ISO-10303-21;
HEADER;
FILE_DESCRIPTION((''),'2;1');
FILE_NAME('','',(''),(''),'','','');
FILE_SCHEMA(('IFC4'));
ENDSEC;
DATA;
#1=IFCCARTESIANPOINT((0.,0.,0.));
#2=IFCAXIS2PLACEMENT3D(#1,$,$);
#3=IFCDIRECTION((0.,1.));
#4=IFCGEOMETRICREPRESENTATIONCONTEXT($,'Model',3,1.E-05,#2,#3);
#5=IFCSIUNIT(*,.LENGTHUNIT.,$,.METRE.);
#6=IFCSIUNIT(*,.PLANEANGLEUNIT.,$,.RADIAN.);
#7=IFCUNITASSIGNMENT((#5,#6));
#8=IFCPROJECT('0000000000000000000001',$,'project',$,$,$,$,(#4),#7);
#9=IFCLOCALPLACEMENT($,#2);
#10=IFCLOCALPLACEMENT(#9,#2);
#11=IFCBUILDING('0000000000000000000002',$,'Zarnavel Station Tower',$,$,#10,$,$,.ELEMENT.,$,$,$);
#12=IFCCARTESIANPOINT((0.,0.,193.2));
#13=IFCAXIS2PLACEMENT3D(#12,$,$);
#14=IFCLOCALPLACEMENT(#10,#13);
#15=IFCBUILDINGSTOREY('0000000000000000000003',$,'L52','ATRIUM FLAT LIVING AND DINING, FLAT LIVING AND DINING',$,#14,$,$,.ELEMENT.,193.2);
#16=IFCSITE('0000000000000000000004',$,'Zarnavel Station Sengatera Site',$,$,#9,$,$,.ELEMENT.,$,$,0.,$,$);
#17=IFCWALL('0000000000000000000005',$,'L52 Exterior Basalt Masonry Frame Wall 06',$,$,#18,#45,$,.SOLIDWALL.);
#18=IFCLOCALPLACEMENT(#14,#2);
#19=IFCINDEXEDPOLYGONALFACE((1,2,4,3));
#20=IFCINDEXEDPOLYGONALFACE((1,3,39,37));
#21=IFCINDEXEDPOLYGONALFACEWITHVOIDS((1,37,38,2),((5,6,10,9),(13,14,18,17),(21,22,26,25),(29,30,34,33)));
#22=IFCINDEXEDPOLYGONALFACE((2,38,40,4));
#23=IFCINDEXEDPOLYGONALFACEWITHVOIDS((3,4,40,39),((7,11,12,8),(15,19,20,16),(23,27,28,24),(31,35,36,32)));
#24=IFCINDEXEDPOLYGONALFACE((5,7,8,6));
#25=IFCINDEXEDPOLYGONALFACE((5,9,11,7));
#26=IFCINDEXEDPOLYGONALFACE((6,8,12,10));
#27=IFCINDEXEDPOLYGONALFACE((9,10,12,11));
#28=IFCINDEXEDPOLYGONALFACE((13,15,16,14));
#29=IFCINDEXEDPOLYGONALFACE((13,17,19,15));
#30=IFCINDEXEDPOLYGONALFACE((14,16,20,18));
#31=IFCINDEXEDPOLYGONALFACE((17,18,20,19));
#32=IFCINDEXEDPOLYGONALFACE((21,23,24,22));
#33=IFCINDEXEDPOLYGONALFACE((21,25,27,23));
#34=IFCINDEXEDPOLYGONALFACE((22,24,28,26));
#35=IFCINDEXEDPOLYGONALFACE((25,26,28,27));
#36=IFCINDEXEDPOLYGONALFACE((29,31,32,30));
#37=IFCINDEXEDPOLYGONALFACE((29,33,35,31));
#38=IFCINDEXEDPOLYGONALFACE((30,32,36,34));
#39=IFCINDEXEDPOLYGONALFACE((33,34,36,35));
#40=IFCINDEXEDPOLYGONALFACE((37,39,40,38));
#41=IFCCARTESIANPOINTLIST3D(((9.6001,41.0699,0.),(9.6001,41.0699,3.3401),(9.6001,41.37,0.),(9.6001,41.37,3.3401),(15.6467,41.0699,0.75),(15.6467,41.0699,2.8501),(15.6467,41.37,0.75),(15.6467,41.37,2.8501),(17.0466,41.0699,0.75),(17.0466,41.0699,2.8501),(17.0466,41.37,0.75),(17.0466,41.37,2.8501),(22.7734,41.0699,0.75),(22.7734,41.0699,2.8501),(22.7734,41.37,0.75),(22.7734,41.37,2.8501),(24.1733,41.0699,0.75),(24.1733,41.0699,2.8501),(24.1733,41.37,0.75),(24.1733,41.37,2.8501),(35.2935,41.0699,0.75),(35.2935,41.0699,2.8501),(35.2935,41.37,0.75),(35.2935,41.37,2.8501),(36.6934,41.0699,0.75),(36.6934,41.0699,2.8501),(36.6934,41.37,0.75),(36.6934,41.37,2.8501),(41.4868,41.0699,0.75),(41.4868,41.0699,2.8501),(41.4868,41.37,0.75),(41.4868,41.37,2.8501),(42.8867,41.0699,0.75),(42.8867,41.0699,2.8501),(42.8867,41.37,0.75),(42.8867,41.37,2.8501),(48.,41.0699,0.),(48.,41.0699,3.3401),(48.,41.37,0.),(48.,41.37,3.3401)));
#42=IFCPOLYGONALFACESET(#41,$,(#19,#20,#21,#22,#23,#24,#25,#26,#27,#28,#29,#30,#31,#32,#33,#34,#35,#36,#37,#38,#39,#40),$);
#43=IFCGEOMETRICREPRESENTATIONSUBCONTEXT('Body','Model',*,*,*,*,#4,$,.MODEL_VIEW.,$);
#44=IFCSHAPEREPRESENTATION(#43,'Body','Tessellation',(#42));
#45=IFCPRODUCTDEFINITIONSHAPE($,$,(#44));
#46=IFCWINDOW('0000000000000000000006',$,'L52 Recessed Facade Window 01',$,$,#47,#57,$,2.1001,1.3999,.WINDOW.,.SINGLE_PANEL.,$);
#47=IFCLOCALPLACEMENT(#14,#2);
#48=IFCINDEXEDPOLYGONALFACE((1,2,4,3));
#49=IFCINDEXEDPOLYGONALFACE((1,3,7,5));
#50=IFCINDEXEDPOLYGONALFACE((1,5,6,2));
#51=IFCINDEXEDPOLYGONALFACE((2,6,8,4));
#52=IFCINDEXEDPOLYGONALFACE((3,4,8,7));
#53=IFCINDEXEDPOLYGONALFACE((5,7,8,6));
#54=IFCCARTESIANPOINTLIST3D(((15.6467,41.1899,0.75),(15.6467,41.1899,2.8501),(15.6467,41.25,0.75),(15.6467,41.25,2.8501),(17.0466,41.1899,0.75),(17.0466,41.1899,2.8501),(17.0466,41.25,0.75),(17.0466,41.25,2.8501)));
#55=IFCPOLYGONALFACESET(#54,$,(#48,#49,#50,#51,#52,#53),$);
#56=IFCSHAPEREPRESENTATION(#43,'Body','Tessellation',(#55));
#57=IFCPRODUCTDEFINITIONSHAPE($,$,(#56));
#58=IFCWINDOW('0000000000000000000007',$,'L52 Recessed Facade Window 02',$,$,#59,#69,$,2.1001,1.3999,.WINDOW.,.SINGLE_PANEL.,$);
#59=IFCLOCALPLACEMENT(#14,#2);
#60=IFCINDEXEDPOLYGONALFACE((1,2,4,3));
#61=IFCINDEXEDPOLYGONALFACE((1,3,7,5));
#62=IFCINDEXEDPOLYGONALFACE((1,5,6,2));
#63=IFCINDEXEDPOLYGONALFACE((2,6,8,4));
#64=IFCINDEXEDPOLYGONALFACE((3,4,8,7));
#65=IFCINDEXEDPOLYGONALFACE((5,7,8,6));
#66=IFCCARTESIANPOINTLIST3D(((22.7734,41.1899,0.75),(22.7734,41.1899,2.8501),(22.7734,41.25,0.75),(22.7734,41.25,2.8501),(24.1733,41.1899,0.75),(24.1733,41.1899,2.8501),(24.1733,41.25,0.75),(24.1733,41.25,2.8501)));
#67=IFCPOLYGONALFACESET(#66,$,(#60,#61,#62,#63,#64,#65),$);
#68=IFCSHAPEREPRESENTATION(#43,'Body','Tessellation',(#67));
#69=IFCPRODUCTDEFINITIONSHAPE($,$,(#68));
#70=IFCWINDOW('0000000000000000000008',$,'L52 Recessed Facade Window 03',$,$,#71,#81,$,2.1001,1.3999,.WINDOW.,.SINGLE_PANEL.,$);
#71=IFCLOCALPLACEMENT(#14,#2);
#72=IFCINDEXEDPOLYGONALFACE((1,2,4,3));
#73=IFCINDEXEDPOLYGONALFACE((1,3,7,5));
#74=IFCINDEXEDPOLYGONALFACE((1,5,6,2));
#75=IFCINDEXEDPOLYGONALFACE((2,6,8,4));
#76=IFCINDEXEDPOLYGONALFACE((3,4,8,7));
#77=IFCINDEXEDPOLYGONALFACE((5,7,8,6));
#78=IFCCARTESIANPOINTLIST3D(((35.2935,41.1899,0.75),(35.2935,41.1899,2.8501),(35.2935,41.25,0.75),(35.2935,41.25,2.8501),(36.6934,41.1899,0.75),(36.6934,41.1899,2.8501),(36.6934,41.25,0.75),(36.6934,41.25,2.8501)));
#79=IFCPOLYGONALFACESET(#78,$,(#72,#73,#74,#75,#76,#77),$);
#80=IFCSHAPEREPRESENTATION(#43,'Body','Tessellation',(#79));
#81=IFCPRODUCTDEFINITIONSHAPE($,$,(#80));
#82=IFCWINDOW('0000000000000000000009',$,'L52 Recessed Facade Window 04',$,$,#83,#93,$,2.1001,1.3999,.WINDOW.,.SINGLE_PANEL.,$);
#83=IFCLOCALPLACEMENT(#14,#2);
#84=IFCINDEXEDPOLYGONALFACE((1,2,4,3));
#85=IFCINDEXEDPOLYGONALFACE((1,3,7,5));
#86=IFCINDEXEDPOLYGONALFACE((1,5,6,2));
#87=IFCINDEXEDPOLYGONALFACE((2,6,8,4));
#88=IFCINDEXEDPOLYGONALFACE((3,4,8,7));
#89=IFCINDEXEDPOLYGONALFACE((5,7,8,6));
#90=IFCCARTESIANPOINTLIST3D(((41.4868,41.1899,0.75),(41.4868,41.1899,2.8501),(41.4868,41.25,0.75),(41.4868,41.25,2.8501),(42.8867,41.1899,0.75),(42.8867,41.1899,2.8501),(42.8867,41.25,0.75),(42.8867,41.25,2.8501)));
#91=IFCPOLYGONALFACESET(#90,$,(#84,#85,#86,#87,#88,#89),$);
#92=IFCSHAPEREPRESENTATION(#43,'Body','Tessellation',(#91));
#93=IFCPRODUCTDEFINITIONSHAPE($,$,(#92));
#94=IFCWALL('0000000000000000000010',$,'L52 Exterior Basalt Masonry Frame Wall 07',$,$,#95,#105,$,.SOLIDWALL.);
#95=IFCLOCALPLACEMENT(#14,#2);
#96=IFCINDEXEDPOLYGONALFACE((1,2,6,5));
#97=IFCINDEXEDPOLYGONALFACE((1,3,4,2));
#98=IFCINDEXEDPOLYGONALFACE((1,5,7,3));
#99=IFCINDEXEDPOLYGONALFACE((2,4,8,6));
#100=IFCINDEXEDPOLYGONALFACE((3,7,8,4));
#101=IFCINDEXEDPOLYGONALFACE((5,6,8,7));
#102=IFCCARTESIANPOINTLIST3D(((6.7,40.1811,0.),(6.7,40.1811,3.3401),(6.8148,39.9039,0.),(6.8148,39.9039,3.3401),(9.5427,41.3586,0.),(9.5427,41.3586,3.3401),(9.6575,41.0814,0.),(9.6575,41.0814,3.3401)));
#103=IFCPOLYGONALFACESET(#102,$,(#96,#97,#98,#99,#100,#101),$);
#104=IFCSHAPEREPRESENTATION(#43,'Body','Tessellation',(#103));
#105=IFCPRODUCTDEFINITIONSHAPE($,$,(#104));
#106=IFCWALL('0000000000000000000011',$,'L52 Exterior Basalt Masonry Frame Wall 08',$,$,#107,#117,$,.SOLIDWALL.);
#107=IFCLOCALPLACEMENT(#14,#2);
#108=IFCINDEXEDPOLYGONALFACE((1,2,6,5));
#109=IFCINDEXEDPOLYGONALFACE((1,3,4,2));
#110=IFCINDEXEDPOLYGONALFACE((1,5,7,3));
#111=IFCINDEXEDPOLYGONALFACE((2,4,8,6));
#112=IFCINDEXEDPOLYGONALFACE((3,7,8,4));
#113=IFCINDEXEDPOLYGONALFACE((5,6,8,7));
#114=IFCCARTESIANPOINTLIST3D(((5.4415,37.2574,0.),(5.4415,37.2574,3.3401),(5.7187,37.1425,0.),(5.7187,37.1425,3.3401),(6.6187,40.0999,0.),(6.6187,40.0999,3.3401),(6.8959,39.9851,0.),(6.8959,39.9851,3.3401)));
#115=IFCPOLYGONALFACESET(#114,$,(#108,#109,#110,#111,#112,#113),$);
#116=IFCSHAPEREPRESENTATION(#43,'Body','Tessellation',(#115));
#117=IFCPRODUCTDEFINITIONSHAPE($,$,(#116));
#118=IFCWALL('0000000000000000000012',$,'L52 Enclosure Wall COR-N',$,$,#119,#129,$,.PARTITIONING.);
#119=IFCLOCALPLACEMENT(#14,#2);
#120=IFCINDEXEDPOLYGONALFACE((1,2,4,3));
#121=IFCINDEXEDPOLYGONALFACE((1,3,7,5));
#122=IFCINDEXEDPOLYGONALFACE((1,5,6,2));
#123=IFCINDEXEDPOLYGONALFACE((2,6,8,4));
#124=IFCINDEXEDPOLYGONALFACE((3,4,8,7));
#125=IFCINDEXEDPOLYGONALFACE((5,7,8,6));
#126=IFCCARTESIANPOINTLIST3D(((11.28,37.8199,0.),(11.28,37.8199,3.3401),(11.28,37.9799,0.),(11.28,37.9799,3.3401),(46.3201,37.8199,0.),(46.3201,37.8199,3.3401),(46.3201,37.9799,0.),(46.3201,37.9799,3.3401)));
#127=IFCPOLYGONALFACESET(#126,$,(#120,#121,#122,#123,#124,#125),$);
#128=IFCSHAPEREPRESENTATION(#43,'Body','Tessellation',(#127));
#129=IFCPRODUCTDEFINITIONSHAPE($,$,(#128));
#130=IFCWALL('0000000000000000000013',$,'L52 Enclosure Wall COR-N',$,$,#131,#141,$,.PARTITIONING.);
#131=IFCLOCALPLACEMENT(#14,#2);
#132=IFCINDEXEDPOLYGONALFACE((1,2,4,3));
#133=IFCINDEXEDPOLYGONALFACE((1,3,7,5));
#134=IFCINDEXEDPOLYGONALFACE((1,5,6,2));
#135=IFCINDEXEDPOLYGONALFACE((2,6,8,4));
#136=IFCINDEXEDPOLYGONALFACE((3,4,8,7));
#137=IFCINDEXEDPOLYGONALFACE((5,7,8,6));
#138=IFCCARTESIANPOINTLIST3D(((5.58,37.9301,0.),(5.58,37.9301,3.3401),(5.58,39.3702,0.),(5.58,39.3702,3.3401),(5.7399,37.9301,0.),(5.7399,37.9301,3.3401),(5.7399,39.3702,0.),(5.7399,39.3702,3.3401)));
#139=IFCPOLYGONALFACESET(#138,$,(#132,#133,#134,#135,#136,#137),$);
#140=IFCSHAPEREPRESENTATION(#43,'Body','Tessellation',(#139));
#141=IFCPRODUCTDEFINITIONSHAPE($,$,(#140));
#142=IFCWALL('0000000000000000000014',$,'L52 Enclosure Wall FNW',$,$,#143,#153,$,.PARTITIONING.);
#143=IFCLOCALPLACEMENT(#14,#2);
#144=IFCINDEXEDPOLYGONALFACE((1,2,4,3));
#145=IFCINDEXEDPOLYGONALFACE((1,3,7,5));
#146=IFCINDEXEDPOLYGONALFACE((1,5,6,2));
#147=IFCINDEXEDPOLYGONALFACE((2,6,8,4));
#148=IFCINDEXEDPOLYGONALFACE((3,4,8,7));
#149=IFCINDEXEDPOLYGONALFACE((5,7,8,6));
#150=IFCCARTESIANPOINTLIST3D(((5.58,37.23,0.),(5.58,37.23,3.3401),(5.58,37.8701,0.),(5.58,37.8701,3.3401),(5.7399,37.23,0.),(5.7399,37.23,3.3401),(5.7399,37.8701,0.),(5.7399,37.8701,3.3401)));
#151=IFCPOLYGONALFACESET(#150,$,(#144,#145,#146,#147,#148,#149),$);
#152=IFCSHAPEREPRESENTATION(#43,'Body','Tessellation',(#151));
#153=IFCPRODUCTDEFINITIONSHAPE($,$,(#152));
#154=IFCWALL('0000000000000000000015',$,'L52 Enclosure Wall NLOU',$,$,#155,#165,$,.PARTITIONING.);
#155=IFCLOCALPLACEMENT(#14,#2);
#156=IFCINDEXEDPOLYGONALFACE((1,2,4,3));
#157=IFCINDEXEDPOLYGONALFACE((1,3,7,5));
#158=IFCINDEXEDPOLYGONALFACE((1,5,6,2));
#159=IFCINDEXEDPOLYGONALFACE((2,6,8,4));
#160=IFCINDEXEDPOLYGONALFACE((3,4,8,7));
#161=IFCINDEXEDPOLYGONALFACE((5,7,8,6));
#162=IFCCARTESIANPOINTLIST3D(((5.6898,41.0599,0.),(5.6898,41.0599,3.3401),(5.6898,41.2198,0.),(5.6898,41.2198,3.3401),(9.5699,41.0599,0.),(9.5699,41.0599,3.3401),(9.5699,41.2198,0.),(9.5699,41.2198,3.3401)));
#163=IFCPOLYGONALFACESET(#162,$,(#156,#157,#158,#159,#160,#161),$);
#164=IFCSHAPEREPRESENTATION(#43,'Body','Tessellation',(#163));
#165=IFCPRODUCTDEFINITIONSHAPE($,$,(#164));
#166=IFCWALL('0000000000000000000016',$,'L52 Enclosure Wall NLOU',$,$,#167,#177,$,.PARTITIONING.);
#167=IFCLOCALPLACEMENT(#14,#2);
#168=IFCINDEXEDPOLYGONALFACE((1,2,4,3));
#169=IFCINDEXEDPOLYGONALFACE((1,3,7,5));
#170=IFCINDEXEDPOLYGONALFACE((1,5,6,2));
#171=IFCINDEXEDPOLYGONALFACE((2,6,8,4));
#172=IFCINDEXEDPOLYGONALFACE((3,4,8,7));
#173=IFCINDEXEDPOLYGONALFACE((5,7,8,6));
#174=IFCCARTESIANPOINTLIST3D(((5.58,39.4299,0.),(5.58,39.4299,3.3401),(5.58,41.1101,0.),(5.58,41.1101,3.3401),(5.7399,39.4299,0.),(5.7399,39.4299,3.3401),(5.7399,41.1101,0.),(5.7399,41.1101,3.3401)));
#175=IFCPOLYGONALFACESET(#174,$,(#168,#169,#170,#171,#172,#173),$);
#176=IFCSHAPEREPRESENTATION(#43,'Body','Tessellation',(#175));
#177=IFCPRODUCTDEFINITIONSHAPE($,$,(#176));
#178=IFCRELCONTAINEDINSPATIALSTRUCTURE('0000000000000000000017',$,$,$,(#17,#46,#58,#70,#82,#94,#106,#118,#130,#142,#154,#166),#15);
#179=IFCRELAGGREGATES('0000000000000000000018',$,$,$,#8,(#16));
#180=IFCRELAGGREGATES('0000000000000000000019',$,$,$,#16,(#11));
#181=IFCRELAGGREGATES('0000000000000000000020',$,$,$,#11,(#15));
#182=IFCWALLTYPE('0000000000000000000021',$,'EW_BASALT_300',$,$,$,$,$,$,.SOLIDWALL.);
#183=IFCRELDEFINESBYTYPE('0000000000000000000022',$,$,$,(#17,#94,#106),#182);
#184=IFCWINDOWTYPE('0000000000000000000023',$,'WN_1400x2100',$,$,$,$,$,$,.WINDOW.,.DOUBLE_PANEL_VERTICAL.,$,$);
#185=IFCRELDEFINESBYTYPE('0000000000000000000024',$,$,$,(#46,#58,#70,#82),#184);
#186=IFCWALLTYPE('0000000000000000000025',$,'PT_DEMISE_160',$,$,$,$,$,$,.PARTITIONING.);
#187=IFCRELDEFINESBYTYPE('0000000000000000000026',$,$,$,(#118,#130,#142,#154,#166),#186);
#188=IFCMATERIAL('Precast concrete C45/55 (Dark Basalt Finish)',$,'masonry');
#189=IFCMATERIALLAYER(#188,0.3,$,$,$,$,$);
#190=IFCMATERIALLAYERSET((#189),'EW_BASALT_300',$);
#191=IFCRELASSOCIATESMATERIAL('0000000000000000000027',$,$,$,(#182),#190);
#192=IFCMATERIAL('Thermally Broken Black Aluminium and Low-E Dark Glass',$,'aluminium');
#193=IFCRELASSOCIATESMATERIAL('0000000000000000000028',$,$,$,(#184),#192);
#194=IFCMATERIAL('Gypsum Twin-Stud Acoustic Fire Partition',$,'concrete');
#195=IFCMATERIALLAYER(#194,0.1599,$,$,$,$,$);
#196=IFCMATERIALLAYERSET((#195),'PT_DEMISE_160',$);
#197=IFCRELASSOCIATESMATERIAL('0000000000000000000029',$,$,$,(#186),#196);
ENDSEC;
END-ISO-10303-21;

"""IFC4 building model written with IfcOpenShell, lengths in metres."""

from ifc_helpers import new_model, si_unit, direction, frame, frame_2d, origin, place, context, subcontext, project, spatial, rectangle, extrude, material, layer, layer_set, type_object, element, fill, save


model = new_model("IFC4")

# Units and contexts
model_context = context("Model", 3, precision=1e-05, world=origin(), true_north=direction((0.0, 1.0)))
body_context = subcontext(model_context, "Body", "Model", "MODEL_VIEW")
ifc_project = project(units=[si_unit("LENGTHUNIT", "METRE"), si_unit("PLANEANGLEUNIT", "RADIAN")], contexts=[model_context])

# Site, building, storey
site_placement = place(None, origin())
site = spatial("IfcSite", under=ifc_project, at=site_placement, Name="Zarnavel Station Sengatera Site", CompositionType="ELEMENT", RefElevation=0.0)
building_placement = place(site_placement, origin())
building = spatial("IfcBuilding", under=site, at=building_placement, Name="Zarnavel Station Tower", CompositionType="ELEMENT")
storey_placement = place(building_placement, frame((0.0, 0.0, 193.2)))
storey = spatial("IfcBuildingStorey", under=building, at=storey_placement, Name="L52", Description="ATRIUM FLAT LIVING AND DINING, FLAT LIVING AND DINING", CompositionType="ELEMENT", Elevation=193.2)

# Wall, openings, windows
ifc_material_1 = material(Name="Precast concrete C45/55 (Dark Basalt Finish)", Category="masonry")
ifc_layer_1 = layer(ifc_material_1, 0.3)
ifc_layer_set_1 = layer_set([ifc_layer_1], Name="EW_BASALT_300")
wall_type_1 = type_object("IfcWallType", Name="EW_BASALT_300", PredefinedType="SOLIDWALL", material=ifc_layer_set_1)
wall_1_placement = place(storey_placement, frame((9.6001, 41.22, 0.0), z_axis=(0.0, 0.0, 1.0), x_axis=(1.0, 0.0, 0.0)))
wall_1 = element("IfcWall", 1, at=wall_1_placement, inside=storey, type_object=wall_type_1, Name="L52 Exterior Basalt Masonry Frame Wall 06", PredefinedType="SOLIDWALL", context=body_context, shape_type="SweptSolid", body=[
    extrude(rectangle(XDim=38.3999, YDim=0.3, at=frame_2d((19.2, 0.0))), origin(), (0.0, 0.0, 1.0), 3.3401),
])
opening_1_placement = place(wall_1_placement, frame((6.0466, 0.0, 0.75)))
opening_1 = element("IfcOpeningElement", 2, at=opening_1_placement, cuts=wall_1, PredefinedType="OPENING", context=body_context, shape_type="SweptSolid", body=[
    extrude(rectangle(XDim=1.3999, YDim=2.1001, at=frame_2d((0.7, 1.05))), frame((0.0, 0.1599, 0.0), z_axis=(0.0, -1.0, 0.0), x_axis=(1.0, 0.0, 0.0)), (0.0, 0.0, 1.0), 0.3201),
])
opening_2_placement = place(wall_1_placement, frame((13.1733, 0.0, 0.75)))
opening_2 = element("IfcOpeningElement", 3, at=opening_2_placement, cuts=wall_1, PredefinedType="OPENING", context=body_context, shape_type="SweptSolid", body=[
    extrude(rectangle(XDim=1.3999, YDim=2.1001, at=frame_2d((0.7, 1.05))), frame((0.0, 0.1599, 0.0), z_axis=(0.0, -1.0, 0.0), x_axis=(1.0, 0.0, 0.0)), (0.0, 0.0, 1.0), 0.3201),
])
opening_3_placement = place(wall_1_placement, frame((25.6934, 0.0, 0.75)))
opening_3 = element("IfcOpeningElement", 4, at=opening_3_placement, cuts=wall_1, PredefinedType="OPENING", context=body_context, shape_type="SweptSolid", body=[
    extrude(rectangle(XDim=1.3999, YDim=2.1001, at=frame_2d((0.7, 1.05))), frame((0.0, 0.1599, 0.0), z_axis=(0.0, -1.0, 0.0), x_axis=(1.0, 0.0, 0.0)), (0.0, 0.0, 1.0), 0.3201),
])
opening_4_placement = place(wall_1_placement, frame((31.8867, 0.0, 0.75)))
opening_4 = element("IfcOpeningElement", 5, at=opening_4_placement, cuts=wall_1, PredefinedType="OPENING", context=body_context, shape_type="SweptSolid", body=[
    extrude(rectangle(XDim=1.3999, YDim=2.1001, at=frame_2d((0.7, 1.05))), frame((0.0, 0.1599, 0.0), z_axis=(0.0, -1.0, 0.0), x_axis=(1.0, 0.0, 0.0)), (0.0, 0.0, 1.0), 0.3201),
])
ifc_material_2 = material(Name="Thermally Broken Black Aluminium and Low-E Dark Glass", Category="aluminium")
window_type = type_object("IfcWindowType", Name="WN_1400x2100", PartitioningType="DOUBLE_PANEL_VERTICAL", PredefinedType="WINDOW", material=ifc_material_2)
window_1_placement = place(opening_1_placement, origin())
window_1 = element("IfcWindow", 6, at=window_1_placement, inside=storey, type_object=window_type, Name="L52 Recessed Facade Window 01", OverallHeight=2.1001, OverallWidth=1.3999, PartitioningType="SINGLE_PANEL", PredefinedType="WINDOW", context=body_context, shape_type="SweptSolid", body=[
    extrude(rectangle(XDim=1.3999, YDim=2.1001, at=frame_2d((0.7, 1.05))), frame((0.0, 0.03, 0.0), z_axis=(0.0, -1.0, 0.0), x_axis=(1.0, 0.0, 0.0)), (0.0, 0.0, 1.0), 0.0601),
])
fill(opening_1, window_1)
window_2_placement = place(opening_2_placement, origin())
window_2 = element("IfcWindow", 7, at=window_2_placement, inside=storey, type_object=window_type, Name="L52 Recessed Facade Window 02", OverallHeight=2.1001, OverallWidth=1.3999, PartitioningType="SINGLE_PANEL", PredefinedType="WINDOW", context=body_context, shape_type="SweptSolid", body=[
    extrude(rectangle(XDim=1.3999, YDim=2.1001, at=frame_2d((0.7, 1.05))), frame((0.0, 0.03, 0.0), z_axis=(0.0, -1.0, 0.0), x_axis=(1.0, 0.0, 0.0)), (0.0, 0.0, 1.0), 0.0601),
])
fill(opening_2, window_2)
window_3_placement = place(opening_3_placement, origin())
window_3 = element("IfcWindow", 8, at=window_3_placement, inside=storey, type_object=window_type, Name="L52 Recessed Facade Window 03", OverallHeight=2.1001, OverallWidth=1.3999, PartitioningType="SINGLE_PANEL", PredefinedType="WINDOW", context=body_context, shape_type="SweptSolid", body=[
    extrude(rectangle(XDim=1.3999, YDim=2.1001, at=frame_2d((0.7, 1.05))), frame((0.0, 0.03, 0.0), z_axis=(0.0, -1.0, 0.0), x_axis=(1.0, 0.0, 0.0)), (0.0, 0.0, 1.0), 0.0601),
])
fill(opening_3, window_3)
window_4_placement = place(opening_4_placement, origin())
window_4 = element("IfcWindow", 9, at=window_4_placement, inside=storey, type_object=window_type, Name="L52 Recessed Facade Window 04", OverallHeight=2.1001, OverallWidth=1.3999, PartitioningType="SINGLE_PANEL", PredefinedType="WINDOW", context=body_context, shape_type="SweptSolid", body=[
    extrude(rectangle(XDim=1.3999, YDim=2.1001, at=frame_2d((0.7, 1.05))), frame((0.0, 0.03, 0.0), z_axis=(0.0, -1.0, 0.0), x_axis=(1.0, 0.0, 0.0)), (0.0, 0.0, 1.0), 0.0601),
])
fill(opening_4, window_4)

# Walls
wall_2_placement = place(storey_placement, frame((6.7573, 40.0425, 0.0), z_axis=(0.0, 0.0, 1.0), x_axis=(0.923882, 0.382676, 0.0)))
element("IfcWall", 10, at=wall_2_placement, inside=storey, type_object=wall_type_1, Name="L52 Exterior Basalt Masonry Frame Wall 07", PredefinedType="SOLIDWALL", context=body_context, shape_type="SweptSolid", body=[
    extrude(rectangle(XDim=3.0769, YDim=0.3, at=frame_2d((1.5386, 0.0))), origin(), (0.0, 0.0, 1.0), 3.3401),
])
wall_3_placement = place(storey_placement, frame((5.5801, 37.2, 0.0), z_axis=(0.0, 0.0, 1.0), x_axis=(0.382637, 0.923899, 0.0)))
element("IfcWall", 11, at=wall_3_placement, inside=storey, type_object=wall_type_1, Name="L52 Exterior Basalt Masonry Frame Wall 08", PredefinedType="SOLIDWALL", context=body_context, shape_type="SweptSolid", body=[
    extrude(rectangle(XDim=3.0767, YDim=0.3, at=frame_2d((1.5383, 0.0))), origin(), (0.0, 0.0, 1.0), 3.3401),
])
ifc_material_3 = material(Name="Gypsum Twin-Stud Acoustic Fire Partition", Category="concrete")
ifc_layer_2 = layer(ifc_material_3, 0.1599)
ifc_layer_set_2 = layer_set([ifc_layer_2], Name="PT_DEMISE_160")
wall_type_2 = type_object("IfcWallType", Name="PT_DEMISE_160", PredefinedType="PARTITIONING", material=ifc_layer_set_2)
wall_4_placement = place(storey_placement, frame((11.28, 37.8999, 0.0), z_axis=(0.0, 0.0, 1.0), x_axis=(1.0, 0.0, 0.0)))
element("IfcWall", 12, at=wall_4_placement, inside=storey, type_object=wall_type_2, Name="L52 Enclosure Wall COR-N", PredefinedType="PARTITIONING", context=body_context, shape_type="SweptSolid", body=[
    extrude(rectangle(XDim=35.04, YDim=0.1599, at=frame_2d((17.52, 0.0))), origin(), (0.0, 0.0, 1.0), 3.3401),
])
wall_5_placement = place(storey_placement, frame((5.6599, 37.9299, 0.0), z_axis=(0.0, 0.0, 1.0), x_axis=(0.0, 1.0, 0.0)))
element("IfcWall", 13, at=wall_5_placement, inside=storey, type_object=wall_type_2, Name="L52 Enclosure Wall COR-N", PredefinedType="PARTITIONING", context=body_context, shape_type="SweptSolid", body=[
    extrude(rectangle(XDim=1.4402, YDim=0.1599, at=frame_2d((0.7202, 0.0))), origin(), (0.0, 0.0, 1.0), 3.3401),
])
wall_6_placement = place(storey_placement, frame((5.6599, 37.23, 0.0), z_axis=(0.0, 0.0, 1.0), x_axis=(0.0, 1.0, 0.0)))
element("IfcWall", 14, at=wall_6_placement, inside=storey, type_object=wall_type_2, Name="L52 Enclosure Wall FNW", PredefinedType="PARTITIONING", context=body_context, shape_type="SweptSolid", body=[
    extrude(rectangle(XDim=0.6401, YDim=0.1599, at=frame_2d((0.3201, 0.0))), origin(), (0.0, 0.0, 1.0), 3.3401),
])
wall_7_placement = place(storey_placement, frame((5.6899, 41.1399, 0.0), z_axis=(0.0, 0.0, 1.0), x_axis=(1.0, 0.0, 0.0)))
element("IfcWall", 15, at=wall_7_placement, inside=storey, type_object=wall_type_2, Name="L52 Enclosure Wall NLOU", PredefinedType="PARTITIONING", context=body_context, shape_type="SweptSolid", body=[
    extrude(rectangle(XDim=3.8801, YDim=0.1599, at=frame_2d((1.9399, 0.0))), origin(), (0.0, 0.0, 1.0), 3.3401),
])
wall_8_placement = place(storey_placement, frame((5.6599, 39.4299, 0.0), z_axis=(0.0, 0.0, 1.0), x_axis=(0.0, 1.0, 0.0)))
element("IfcWall", 16, at=wall_8_placement, inside=storey, type_object=wall_type_2, Name="L52 Enclosure Wall NLOU", PredefinedType="PARTITIONING", context=body_context, shape_type="SweptSolid", body=[
    extrude(rectangle(XDim=1.6802, YDim=0.1599, at=frame_2d((0.8401, 0.0))), origin(), (0.0, 0.0, 1.0), 3.3401),
])

save(model, "model.ifc")
